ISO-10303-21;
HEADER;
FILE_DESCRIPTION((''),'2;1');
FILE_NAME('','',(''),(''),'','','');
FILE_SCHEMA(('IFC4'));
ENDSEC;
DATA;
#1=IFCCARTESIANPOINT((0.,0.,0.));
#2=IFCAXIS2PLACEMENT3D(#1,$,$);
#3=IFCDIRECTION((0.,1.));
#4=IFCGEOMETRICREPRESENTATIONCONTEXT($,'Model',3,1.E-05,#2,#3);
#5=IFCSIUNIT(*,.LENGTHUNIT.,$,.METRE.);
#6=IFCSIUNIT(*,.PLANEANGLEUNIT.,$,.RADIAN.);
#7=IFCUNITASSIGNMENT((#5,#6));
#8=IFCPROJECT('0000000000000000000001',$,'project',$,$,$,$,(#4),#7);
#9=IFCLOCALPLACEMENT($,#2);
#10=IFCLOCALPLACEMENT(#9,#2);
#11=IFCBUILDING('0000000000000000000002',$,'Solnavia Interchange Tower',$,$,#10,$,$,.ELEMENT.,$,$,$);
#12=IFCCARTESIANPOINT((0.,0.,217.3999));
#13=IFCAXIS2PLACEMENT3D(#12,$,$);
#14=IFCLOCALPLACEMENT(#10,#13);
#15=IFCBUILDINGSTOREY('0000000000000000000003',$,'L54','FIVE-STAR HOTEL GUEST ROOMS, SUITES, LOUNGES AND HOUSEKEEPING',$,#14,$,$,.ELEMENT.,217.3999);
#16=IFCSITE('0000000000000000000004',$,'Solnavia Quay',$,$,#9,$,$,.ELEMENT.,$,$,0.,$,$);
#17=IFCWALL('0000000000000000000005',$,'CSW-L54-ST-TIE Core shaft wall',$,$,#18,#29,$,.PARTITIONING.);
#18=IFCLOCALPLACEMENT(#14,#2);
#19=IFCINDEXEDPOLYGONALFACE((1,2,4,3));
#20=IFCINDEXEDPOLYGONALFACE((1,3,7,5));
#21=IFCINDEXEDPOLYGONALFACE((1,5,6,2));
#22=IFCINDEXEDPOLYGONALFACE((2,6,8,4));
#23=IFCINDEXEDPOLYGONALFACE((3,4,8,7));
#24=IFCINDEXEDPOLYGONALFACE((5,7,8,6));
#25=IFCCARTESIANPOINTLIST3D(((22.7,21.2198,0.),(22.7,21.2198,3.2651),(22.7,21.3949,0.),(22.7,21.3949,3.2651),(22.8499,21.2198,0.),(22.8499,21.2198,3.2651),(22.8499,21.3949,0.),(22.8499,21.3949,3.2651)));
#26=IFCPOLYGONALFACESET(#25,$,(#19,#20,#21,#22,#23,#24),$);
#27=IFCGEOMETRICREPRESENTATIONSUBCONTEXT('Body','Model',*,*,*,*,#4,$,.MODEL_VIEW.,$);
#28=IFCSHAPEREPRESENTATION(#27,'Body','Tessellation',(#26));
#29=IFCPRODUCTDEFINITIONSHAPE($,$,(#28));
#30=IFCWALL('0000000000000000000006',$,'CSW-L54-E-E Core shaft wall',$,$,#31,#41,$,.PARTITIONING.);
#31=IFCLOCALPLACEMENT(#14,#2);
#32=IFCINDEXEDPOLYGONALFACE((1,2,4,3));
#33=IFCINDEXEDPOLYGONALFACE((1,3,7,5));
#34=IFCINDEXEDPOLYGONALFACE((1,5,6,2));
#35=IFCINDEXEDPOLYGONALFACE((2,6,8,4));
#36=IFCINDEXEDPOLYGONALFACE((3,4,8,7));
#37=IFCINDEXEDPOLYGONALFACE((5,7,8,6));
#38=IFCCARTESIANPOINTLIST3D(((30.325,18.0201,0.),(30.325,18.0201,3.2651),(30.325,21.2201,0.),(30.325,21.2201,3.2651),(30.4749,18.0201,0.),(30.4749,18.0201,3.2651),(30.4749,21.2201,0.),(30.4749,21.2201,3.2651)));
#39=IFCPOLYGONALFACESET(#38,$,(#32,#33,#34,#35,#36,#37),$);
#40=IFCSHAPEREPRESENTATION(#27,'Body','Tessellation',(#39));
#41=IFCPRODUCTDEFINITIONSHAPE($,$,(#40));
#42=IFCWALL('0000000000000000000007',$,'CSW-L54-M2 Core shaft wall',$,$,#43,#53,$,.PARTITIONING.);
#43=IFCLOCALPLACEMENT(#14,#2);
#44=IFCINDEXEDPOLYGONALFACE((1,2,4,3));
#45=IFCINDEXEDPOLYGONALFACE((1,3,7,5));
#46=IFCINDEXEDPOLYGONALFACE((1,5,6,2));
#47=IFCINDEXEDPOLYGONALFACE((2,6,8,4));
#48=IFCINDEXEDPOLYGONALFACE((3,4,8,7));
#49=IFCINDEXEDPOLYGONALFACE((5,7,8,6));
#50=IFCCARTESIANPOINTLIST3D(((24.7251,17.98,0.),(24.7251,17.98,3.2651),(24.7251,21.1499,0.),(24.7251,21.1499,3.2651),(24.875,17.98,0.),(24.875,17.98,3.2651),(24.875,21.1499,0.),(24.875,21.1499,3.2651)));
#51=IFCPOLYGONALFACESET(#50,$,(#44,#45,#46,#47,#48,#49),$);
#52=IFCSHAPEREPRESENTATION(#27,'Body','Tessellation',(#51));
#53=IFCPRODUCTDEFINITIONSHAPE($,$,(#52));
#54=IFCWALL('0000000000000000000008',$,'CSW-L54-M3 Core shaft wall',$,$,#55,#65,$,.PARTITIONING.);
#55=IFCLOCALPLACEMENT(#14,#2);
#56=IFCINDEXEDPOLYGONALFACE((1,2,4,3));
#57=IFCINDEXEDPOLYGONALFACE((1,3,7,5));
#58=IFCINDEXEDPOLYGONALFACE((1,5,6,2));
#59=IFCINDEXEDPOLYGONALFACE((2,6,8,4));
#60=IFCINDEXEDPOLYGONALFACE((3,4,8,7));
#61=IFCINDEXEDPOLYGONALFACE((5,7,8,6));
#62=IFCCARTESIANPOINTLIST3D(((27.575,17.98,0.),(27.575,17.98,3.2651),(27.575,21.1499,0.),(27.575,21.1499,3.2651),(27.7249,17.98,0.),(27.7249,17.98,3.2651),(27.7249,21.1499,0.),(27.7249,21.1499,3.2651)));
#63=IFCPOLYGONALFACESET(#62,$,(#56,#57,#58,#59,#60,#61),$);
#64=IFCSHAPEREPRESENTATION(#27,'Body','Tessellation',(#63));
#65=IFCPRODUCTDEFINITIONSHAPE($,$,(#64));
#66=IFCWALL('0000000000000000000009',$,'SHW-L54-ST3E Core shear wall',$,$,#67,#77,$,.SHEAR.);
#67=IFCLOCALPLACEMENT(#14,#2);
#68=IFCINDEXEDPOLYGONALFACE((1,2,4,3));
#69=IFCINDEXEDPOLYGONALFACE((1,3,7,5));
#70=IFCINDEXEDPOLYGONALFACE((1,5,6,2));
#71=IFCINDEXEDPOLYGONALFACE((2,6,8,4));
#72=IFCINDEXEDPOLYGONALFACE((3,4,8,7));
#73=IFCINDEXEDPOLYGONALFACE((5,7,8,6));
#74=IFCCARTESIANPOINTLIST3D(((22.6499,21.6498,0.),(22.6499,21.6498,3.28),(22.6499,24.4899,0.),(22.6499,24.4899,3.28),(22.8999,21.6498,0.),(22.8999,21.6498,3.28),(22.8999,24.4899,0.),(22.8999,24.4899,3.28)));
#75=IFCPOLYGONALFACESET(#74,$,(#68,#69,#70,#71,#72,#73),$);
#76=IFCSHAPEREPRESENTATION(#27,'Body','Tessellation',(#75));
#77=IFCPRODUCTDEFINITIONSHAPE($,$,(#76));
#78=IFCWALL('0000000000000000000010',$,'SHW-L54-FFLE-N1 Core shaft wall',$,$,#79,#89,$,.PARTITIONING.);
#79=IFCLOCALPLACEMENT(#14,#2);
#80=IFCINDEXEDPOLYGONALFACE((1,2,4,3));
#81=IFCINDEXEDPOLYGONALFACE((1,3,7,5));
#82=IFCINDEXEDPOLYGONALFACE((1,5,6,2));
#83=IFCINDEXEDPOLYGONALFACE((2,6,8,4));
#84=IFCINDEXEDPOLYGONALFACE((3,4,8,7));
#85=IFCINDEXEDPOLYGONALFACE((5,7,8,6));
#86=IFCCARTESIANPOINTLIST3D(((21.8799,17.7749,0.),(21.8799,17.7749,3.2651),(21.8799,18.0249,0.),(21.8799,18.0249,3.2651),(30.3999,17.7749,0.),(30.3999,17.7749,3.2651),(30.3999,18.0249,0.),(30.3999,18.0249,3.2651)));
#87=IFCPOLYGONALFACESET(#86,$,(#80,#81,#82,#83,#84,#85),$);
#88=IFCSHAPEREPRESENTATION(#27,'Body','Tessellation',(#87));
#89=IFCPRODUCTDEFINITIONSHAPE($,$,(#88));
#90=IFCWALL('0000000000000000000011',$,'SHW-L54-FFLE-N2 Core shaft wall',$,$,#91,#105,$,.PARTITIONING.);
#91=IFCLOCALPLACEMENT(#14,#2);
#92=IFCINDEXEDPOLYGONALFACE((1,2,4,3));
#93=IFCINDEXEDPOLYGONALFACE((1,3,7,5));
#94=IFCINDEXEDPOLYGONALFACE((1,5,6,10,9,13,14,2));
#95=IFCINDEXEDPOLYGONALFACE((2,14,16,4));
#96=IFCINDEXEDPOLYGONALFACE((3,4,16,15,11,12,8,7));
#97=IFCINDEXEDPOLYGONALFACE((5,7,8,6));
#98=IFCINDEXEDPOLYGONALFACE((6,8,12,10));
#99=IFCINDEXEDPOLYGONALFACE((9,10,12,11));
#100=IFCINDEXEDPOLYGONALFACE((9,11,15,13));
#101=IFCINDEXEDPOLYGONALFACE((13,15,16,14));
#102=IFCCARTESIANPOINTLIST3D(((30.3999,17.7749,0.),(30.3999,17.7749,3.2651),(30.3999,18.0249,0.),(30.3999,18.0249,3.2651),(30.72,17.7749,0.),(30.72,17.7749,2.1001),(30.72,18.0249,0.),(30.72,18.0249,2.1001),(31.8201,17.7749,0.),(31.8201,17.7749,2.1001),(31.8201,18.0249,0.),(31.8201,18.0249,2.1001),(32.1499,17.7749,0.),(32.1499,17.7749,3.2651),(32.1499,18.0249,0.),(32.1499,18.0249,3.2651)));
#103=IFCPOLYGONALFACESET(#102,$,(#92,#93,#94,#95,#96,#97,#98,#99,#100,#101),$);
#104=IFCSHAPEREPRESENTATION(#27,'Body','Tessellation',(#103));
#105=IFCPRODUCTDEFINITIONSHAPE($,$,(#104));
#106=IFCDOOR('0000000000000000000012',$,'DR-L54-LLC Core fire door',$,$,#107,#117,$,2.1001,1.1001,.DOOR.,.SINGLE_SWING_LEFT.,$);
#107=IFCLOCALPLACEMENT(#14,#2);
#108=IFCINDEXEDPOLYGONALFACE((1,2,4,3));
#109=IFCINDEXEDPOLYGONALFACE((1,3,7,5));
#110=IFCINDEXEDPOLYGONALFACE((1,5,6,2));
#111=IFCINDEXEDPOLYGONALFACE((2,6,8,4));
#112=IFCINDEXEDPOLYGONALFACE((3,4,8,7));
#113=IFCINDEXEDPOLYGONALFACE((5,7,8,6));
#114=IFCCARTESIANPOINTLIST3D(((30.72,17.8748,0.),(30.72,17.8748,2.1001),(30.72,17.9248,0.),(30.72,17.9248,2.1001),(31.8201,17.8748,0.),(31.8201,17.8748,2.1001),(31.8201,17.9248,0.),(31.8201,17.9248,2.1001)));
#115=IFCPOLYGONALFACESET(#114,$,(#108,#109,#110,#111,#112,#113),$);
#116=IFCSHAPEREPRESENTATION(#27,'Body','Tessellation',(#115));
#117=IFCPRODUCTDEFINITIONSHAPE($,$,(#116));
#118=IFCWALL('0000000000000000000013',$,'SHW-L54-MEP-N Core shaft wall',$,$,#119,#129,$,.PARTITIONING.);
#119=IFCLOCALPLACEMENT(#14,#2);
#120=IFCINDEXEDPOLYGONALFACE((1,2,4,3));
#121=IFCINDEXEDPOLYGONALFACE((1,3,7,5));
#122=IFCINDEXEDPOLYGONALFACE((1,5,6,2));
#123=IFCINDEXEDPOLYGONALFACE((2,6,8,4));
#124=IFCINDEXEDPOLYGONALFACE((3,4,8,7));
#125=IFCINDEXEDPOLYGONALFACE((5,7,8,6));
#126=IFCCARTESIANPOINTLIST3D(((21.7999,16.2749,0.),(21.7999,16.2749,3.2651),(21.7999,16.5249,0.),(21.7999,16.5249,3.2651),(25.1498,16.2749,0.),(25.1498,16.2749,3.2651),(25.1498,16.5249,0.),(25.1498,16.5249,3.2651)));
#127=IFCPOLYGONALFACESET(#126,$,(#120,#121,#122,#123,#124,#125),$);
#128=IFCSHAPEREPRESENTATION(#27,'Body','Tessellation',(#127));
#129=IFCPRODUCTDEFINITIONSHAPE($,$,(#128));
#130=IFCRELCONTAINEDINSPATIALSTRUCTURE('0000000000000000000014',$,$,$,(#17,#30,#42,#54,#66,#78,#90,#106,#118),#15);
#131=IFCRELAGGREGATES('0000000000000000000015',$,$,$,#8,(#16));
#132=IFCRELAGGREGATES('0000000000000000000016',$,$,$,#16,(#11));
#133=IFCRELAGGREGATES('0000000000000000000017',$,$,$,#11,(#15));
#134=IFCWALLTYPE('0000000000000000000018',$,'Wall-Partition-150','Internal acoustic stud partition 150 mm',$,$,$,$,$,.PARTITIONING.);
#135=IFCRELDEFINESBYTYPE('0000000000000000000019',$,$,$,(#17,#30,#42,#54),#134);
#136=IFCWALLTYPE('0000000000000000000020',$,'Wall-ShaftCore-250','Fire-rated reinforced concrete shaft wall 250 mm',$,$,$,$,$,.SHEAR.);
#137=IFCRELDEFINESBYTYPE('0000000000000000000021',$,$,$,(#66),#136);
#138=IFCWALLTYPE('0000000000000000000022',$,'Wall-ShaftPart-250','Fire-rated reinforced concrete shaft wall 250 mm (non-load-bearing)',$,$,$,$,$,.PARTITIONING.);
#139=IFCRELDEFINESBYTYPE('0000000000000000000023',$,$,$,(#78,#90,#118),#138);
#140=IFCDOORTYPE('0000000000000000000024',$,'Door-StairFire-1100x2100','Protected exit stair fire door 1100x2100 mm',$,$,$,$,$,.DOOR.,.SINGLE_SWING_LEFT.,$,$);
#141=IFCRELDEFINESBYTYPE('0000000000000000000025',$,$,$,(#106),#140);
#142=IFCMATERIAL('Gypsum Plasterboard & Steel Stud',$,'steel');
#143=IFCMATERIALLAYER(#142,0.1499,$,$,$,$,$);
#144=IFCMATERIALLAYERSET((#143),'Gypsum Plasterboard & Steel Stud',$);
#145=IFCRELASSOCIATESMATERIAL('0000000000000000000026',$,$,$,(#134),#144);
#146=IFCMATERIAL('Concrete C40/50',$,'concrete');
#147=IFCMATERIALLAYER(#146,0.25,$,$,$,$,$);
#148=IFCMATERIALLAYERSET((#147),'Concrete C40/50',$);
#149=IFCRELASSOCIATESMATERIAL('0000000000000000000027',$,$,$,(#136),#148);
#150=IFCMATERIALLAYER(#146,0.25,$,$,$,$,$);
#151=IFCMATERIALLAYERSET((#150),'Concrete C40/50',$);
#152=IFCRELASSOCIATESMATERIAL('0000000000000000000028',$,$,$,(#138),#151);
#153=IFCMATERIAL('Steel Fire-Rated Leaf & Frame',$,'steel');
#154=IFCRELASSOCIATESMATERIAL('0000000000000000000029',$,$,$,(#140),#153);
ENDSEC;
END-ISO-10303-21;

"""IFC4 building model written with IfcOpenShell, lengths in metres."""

from ifc_helpers import new_model, si_unit, direction, frame, frame_2d, origin, place, context, subcontext, project, spatial, rectangle, extrude, material, layer, layer_set, type_object, element, fill, save


model = new_model("IFC4")

# Units and contexts
model_context = context("Model", 3, precision=1e-05, world=origin(), true_north=direction((0.0, 1.0)))
body_context = subcontext(model_context, "Body", "Model", "MODEL_VIEW")
ifc_project = project(units=[si_unit("LENGTHUNIT", "METRE"), si_unit("PLANEANGLEUNIT", "RADIAN")], contexts=[model_context])

# Site, building, storey
site_placement = place(None, origin())
site = spatial("IfcSite", under=ifc_project, at=site_placement, Name="Solnavia Quay", CompositionType="ELEMENT", RefElevation=0.0)
building_placement = place(site_placement, origin())
building = spatial("IfcBuilding", under=site, at=building_placement, Name="Solnavia Interchange Tower", CompositionType="ELEMENT")
storey_placement = place(building_placement, frame((0.0, 0.0, 217.3999)))
storey = spatial("IfcBuildingStorey", under=building, at=storey_placement, Name="L54", Description="FIVE-STAR HOTEL GUEST ROOMS, SUITES, LOUNGES AND HOUSEKEEPING", CompositionType="ELEMENT", Elevation=217.3999)

# Shared definitions
ifc_material_1 = material(Name="Concrete C40/50", Category="concrete")

# Shared definitions
ifc_material_2 = material(Name="Gypsum Plasterboard & Steel Stud", Category="steel")
ifc_layer_1 = layer(ifc_material_2, 0.1499)
ifc_layer_set_1 = layer_set([ifc_layer_1], Name="Gypsum Plasterboard & Steel Stud")
wall_type_1 = type_object("IfcWallType", Name="Wall-Partition-150", Description="Internal acoustic stud partition 150 mm", PredefinedType="PARTITIONING", material=ifc_layer_set_1)

# Walls
wall_1_placement = place(storey_placement, frame((22.7749, 21.22, 0.0), z_axis=(0.0, 0.0, 1.0), x_axis=(0.0, 1.0, 0.0)))
element("IfcWall", 1, at=wall_1_placement, inside=storey, type_object=wall_type_1, Name="CSW-L54-ST-TIE Core shaft wall", PredefinedType="PARTITIONING", context=body_context, shape_type="SweptSolid", body=[
    extrude(rectangle(XDim=0.175, YDim=0.1499, at=frame_2d((0.0874, 0.0))), origin(), (0.0, 0.0, 1.0), 3.2651),
])
wall_2_placement = place(storey_placement, frame((30.3999, 18.02, 0.0), z_axis=(0.0, 0.0, 1.0), x_axis=(0.0, 1.0, 0.0)))
element("IfcWall", 2, at=wall_2_placement, inside=storey, type_object=wall_type_1, Name="CSW-L54-E-E Core shaft wall", PredefinedType="PARTITIONING", context=body_context, shape_type="SweptSolid", body=[
    extrude(rectangle(XDim=3.2, YDim=0.1499, at=frame_2d((1.6001, 0.0))), origin(), (0.0, 0.0, 1.0), 3.2651),
])
for number, where, z_axis, x_axis, name in (
    (3, (24.8, 17.98, 0.0), (0.0, 0.0, 1.0), (0.0, 1.0, 0.0), "CSW-L54-M2 Core shaft wall"),
    (4, (27.6499, 17.98, 0.0), (0.0, 0.0, 1.0), (0.0, 1.0, 0.0), "CSW-L54-M3 Core shaft wall"),
):
    element("IfcWall", number, at=place(storey_placement, frame(where, z_axis=z_axis, x_axis=x_axis)), inside=storey, type_object=wall_type_1, Name=name, PredefinedType="PARTITIONING", context=body_context, shape_type="SweptSolid", body=[
        extrude(rectangle(XDim=3.1699, YDim=0.1499, at=frame_2d((1.585, 0.0))), origin(), (0.0, 0.0, 1.0), 3.2651),
    ])
ifc_layer_2 = layer(ifc_material_1, 0.25)
ifc_layer_set_2 = layer_set([ifc_layer_2], Name="Concrete C40/50")
wall_type_2 = type_object("IfcWallType", Name="Wall-ShaftCore-250", Description="Fire-rated reinforced concrete shaft wall 250 mm", PredefinedType="SHEAR", material=ifc_layer_set_2)
wall_3_placement = place(storey_placement, frame((22.7749, 21.6499, 0.0), z_axis=(0.0, 0.0, 1.0), x_axis=(0.0, 1.0, 0.0)))
element("IfcWall", 5, at=wall_3_placement, inside=storey, type_object=wall_type_2, Name="SHW-L54-ST3E Core shear wall", PredefinedType="SHEAR", context=body_context, shape_type="SweptSolid", body=[
    extrude(rectangle(XDim=2.8401, YDim=0.25, at=frame_2d((1.4199, 0.0))), origin(), (0.0, 0.0, 1.0), 3.28),
])
ifc_layer_3 = layer(ifc_material_1, 0.25)
ifc_layer_set_3 = layer_set([ifc_layer_3], Name="Concrete C40/50")
wall_type_3 = type_object("IfcWallType", Name="Wall-ShaftPart-250", Description="Fire-rated reinforced concrete shaft wall 250 mm (non-load-bearing)", PredefinedType="PARTITIONING", material=ifc_layer_set_3)
wall_4_placement = place(storey_placement, frame((21.8799, 17.8999, 0.0), z_axis=(0.0, 0.0, 1.0), x_axis=(1.0, 0.0, 0.0)))
element("IfcWall", 6, at=wall_4_placement, inside=storey, type_object=wall_type_3, Name="SHW-L54-FFLE-N1 Core shaft wall", PredefinedType="PARTITIONING", context=body_context, shape_type="SweptSolid", body=[
    extrude(rectangle(XDim=8.52, YDim=0.25, at=frame_2d((4.26, 0.0))), origin(), (0.0, 0.0, 1.0), 3.2651),
])

# Wall, opening, door
wall_5_placement = place(storey_placement, frame((30.3999, 17.8999, 0.0), z_axis=(0.0, 0.0, 1.0), x_axis=(1.0, 0.0, 0.0)))
wall_5 = element("IfcWall", 7, at=wall_5_placement, inside=storey, type_object=wall_type_3, Name="SHW-L54-FFLE-N2 Core shaft wall", PredefinedType="PARTITIONING", context=body_context, shape_type="SweptSolid", body=[
    extrude(rectangle(XDim=1.75, YDim=0.25, at=frame_2d((0.875, 0.0))), origin(), (0.0, 0.0, 1.0), 3.2651),
])
opening_1_placement = place(wall_5_placement, frame((0.3201, 0.0, 0.0)))
opening_1 = element("IfcOpeningElement", 8, at=opening_1_placement, cuts=wall_5, PredefinedType="OPENING", context=body_context, shape_type="SweptSolid", body=[
    extrude(rectangle(XDim=1.1001, YDim=2.1001, at=frame_2d((0.55, 1.05))), frame((0.0, 0.135, 0.0), z_axis=(0.0, -1.0, 0.0), x_axis=(1.0, 0.0, 0.0)), (0.0, 0.0, 1.0), 0.27),
])
ifc_material_3 = material(Name="Steel Fire-Rated Leaf & Frame", Category="steel")
door_type_1 = type_object("IfcDoorType", Name="Door-StairFire-1100x2100", Description="Protected exit stair fire door 1100x2100 mm", OperationType="SINGLE_SWING_LEFT", PredefinedType="DOOR", material=ifc_material_3)
door_1_placement = place(opening_1_placement, origin())
door_1 = element("IfcDoor", 9, at=door_1_placement, inside=storey, type_object=door_type_1, Name="DR-L54-LLC Core fire door", OperationType="SINGLE_SWING_LEFT", OverallHeight=2.1001, OverallWidth=1.1001, PredefinedType="DOOR", context=body_context, shape_type="SweptSolid", body=[
    extrude(rectangle(XDim=1.1001, YDim=2.1001, at=frame_2d((0.55, 1.05))), frame((0.0, 0.0249, 0.0), z_axis=(0.0, -1.0, 0.0), x_axis=(1.0, 0.0, 0.0)), (0.0, 0.0, 1.0), 0.05),
])
fill(opening_1, door_1)

# Wall
wall_6_placement = place(storey_placement, frame((21.8, 16.3999, 0.0), z_axis=(0.0, 0.0, 1.0), x_axis=(1.0, 0.0, 0.0)))
element("IfcWall", 10, at=wall_6_placement, inside=storey, type_object=wall_type_3, Name="SHW-L54-MEP-N Core shaft wall", PredefinedType="PARTITIONING", context=body_context, shape_type="SweptSolid", body=[
    extrude(rectangle(XDim=3.3499, YDim=0.25, at=frame_2d((1.6748, 0.0))), origin(), (0.0, 0.0, 1.0), 3.2651),
])

save(model, "model.ifc")
